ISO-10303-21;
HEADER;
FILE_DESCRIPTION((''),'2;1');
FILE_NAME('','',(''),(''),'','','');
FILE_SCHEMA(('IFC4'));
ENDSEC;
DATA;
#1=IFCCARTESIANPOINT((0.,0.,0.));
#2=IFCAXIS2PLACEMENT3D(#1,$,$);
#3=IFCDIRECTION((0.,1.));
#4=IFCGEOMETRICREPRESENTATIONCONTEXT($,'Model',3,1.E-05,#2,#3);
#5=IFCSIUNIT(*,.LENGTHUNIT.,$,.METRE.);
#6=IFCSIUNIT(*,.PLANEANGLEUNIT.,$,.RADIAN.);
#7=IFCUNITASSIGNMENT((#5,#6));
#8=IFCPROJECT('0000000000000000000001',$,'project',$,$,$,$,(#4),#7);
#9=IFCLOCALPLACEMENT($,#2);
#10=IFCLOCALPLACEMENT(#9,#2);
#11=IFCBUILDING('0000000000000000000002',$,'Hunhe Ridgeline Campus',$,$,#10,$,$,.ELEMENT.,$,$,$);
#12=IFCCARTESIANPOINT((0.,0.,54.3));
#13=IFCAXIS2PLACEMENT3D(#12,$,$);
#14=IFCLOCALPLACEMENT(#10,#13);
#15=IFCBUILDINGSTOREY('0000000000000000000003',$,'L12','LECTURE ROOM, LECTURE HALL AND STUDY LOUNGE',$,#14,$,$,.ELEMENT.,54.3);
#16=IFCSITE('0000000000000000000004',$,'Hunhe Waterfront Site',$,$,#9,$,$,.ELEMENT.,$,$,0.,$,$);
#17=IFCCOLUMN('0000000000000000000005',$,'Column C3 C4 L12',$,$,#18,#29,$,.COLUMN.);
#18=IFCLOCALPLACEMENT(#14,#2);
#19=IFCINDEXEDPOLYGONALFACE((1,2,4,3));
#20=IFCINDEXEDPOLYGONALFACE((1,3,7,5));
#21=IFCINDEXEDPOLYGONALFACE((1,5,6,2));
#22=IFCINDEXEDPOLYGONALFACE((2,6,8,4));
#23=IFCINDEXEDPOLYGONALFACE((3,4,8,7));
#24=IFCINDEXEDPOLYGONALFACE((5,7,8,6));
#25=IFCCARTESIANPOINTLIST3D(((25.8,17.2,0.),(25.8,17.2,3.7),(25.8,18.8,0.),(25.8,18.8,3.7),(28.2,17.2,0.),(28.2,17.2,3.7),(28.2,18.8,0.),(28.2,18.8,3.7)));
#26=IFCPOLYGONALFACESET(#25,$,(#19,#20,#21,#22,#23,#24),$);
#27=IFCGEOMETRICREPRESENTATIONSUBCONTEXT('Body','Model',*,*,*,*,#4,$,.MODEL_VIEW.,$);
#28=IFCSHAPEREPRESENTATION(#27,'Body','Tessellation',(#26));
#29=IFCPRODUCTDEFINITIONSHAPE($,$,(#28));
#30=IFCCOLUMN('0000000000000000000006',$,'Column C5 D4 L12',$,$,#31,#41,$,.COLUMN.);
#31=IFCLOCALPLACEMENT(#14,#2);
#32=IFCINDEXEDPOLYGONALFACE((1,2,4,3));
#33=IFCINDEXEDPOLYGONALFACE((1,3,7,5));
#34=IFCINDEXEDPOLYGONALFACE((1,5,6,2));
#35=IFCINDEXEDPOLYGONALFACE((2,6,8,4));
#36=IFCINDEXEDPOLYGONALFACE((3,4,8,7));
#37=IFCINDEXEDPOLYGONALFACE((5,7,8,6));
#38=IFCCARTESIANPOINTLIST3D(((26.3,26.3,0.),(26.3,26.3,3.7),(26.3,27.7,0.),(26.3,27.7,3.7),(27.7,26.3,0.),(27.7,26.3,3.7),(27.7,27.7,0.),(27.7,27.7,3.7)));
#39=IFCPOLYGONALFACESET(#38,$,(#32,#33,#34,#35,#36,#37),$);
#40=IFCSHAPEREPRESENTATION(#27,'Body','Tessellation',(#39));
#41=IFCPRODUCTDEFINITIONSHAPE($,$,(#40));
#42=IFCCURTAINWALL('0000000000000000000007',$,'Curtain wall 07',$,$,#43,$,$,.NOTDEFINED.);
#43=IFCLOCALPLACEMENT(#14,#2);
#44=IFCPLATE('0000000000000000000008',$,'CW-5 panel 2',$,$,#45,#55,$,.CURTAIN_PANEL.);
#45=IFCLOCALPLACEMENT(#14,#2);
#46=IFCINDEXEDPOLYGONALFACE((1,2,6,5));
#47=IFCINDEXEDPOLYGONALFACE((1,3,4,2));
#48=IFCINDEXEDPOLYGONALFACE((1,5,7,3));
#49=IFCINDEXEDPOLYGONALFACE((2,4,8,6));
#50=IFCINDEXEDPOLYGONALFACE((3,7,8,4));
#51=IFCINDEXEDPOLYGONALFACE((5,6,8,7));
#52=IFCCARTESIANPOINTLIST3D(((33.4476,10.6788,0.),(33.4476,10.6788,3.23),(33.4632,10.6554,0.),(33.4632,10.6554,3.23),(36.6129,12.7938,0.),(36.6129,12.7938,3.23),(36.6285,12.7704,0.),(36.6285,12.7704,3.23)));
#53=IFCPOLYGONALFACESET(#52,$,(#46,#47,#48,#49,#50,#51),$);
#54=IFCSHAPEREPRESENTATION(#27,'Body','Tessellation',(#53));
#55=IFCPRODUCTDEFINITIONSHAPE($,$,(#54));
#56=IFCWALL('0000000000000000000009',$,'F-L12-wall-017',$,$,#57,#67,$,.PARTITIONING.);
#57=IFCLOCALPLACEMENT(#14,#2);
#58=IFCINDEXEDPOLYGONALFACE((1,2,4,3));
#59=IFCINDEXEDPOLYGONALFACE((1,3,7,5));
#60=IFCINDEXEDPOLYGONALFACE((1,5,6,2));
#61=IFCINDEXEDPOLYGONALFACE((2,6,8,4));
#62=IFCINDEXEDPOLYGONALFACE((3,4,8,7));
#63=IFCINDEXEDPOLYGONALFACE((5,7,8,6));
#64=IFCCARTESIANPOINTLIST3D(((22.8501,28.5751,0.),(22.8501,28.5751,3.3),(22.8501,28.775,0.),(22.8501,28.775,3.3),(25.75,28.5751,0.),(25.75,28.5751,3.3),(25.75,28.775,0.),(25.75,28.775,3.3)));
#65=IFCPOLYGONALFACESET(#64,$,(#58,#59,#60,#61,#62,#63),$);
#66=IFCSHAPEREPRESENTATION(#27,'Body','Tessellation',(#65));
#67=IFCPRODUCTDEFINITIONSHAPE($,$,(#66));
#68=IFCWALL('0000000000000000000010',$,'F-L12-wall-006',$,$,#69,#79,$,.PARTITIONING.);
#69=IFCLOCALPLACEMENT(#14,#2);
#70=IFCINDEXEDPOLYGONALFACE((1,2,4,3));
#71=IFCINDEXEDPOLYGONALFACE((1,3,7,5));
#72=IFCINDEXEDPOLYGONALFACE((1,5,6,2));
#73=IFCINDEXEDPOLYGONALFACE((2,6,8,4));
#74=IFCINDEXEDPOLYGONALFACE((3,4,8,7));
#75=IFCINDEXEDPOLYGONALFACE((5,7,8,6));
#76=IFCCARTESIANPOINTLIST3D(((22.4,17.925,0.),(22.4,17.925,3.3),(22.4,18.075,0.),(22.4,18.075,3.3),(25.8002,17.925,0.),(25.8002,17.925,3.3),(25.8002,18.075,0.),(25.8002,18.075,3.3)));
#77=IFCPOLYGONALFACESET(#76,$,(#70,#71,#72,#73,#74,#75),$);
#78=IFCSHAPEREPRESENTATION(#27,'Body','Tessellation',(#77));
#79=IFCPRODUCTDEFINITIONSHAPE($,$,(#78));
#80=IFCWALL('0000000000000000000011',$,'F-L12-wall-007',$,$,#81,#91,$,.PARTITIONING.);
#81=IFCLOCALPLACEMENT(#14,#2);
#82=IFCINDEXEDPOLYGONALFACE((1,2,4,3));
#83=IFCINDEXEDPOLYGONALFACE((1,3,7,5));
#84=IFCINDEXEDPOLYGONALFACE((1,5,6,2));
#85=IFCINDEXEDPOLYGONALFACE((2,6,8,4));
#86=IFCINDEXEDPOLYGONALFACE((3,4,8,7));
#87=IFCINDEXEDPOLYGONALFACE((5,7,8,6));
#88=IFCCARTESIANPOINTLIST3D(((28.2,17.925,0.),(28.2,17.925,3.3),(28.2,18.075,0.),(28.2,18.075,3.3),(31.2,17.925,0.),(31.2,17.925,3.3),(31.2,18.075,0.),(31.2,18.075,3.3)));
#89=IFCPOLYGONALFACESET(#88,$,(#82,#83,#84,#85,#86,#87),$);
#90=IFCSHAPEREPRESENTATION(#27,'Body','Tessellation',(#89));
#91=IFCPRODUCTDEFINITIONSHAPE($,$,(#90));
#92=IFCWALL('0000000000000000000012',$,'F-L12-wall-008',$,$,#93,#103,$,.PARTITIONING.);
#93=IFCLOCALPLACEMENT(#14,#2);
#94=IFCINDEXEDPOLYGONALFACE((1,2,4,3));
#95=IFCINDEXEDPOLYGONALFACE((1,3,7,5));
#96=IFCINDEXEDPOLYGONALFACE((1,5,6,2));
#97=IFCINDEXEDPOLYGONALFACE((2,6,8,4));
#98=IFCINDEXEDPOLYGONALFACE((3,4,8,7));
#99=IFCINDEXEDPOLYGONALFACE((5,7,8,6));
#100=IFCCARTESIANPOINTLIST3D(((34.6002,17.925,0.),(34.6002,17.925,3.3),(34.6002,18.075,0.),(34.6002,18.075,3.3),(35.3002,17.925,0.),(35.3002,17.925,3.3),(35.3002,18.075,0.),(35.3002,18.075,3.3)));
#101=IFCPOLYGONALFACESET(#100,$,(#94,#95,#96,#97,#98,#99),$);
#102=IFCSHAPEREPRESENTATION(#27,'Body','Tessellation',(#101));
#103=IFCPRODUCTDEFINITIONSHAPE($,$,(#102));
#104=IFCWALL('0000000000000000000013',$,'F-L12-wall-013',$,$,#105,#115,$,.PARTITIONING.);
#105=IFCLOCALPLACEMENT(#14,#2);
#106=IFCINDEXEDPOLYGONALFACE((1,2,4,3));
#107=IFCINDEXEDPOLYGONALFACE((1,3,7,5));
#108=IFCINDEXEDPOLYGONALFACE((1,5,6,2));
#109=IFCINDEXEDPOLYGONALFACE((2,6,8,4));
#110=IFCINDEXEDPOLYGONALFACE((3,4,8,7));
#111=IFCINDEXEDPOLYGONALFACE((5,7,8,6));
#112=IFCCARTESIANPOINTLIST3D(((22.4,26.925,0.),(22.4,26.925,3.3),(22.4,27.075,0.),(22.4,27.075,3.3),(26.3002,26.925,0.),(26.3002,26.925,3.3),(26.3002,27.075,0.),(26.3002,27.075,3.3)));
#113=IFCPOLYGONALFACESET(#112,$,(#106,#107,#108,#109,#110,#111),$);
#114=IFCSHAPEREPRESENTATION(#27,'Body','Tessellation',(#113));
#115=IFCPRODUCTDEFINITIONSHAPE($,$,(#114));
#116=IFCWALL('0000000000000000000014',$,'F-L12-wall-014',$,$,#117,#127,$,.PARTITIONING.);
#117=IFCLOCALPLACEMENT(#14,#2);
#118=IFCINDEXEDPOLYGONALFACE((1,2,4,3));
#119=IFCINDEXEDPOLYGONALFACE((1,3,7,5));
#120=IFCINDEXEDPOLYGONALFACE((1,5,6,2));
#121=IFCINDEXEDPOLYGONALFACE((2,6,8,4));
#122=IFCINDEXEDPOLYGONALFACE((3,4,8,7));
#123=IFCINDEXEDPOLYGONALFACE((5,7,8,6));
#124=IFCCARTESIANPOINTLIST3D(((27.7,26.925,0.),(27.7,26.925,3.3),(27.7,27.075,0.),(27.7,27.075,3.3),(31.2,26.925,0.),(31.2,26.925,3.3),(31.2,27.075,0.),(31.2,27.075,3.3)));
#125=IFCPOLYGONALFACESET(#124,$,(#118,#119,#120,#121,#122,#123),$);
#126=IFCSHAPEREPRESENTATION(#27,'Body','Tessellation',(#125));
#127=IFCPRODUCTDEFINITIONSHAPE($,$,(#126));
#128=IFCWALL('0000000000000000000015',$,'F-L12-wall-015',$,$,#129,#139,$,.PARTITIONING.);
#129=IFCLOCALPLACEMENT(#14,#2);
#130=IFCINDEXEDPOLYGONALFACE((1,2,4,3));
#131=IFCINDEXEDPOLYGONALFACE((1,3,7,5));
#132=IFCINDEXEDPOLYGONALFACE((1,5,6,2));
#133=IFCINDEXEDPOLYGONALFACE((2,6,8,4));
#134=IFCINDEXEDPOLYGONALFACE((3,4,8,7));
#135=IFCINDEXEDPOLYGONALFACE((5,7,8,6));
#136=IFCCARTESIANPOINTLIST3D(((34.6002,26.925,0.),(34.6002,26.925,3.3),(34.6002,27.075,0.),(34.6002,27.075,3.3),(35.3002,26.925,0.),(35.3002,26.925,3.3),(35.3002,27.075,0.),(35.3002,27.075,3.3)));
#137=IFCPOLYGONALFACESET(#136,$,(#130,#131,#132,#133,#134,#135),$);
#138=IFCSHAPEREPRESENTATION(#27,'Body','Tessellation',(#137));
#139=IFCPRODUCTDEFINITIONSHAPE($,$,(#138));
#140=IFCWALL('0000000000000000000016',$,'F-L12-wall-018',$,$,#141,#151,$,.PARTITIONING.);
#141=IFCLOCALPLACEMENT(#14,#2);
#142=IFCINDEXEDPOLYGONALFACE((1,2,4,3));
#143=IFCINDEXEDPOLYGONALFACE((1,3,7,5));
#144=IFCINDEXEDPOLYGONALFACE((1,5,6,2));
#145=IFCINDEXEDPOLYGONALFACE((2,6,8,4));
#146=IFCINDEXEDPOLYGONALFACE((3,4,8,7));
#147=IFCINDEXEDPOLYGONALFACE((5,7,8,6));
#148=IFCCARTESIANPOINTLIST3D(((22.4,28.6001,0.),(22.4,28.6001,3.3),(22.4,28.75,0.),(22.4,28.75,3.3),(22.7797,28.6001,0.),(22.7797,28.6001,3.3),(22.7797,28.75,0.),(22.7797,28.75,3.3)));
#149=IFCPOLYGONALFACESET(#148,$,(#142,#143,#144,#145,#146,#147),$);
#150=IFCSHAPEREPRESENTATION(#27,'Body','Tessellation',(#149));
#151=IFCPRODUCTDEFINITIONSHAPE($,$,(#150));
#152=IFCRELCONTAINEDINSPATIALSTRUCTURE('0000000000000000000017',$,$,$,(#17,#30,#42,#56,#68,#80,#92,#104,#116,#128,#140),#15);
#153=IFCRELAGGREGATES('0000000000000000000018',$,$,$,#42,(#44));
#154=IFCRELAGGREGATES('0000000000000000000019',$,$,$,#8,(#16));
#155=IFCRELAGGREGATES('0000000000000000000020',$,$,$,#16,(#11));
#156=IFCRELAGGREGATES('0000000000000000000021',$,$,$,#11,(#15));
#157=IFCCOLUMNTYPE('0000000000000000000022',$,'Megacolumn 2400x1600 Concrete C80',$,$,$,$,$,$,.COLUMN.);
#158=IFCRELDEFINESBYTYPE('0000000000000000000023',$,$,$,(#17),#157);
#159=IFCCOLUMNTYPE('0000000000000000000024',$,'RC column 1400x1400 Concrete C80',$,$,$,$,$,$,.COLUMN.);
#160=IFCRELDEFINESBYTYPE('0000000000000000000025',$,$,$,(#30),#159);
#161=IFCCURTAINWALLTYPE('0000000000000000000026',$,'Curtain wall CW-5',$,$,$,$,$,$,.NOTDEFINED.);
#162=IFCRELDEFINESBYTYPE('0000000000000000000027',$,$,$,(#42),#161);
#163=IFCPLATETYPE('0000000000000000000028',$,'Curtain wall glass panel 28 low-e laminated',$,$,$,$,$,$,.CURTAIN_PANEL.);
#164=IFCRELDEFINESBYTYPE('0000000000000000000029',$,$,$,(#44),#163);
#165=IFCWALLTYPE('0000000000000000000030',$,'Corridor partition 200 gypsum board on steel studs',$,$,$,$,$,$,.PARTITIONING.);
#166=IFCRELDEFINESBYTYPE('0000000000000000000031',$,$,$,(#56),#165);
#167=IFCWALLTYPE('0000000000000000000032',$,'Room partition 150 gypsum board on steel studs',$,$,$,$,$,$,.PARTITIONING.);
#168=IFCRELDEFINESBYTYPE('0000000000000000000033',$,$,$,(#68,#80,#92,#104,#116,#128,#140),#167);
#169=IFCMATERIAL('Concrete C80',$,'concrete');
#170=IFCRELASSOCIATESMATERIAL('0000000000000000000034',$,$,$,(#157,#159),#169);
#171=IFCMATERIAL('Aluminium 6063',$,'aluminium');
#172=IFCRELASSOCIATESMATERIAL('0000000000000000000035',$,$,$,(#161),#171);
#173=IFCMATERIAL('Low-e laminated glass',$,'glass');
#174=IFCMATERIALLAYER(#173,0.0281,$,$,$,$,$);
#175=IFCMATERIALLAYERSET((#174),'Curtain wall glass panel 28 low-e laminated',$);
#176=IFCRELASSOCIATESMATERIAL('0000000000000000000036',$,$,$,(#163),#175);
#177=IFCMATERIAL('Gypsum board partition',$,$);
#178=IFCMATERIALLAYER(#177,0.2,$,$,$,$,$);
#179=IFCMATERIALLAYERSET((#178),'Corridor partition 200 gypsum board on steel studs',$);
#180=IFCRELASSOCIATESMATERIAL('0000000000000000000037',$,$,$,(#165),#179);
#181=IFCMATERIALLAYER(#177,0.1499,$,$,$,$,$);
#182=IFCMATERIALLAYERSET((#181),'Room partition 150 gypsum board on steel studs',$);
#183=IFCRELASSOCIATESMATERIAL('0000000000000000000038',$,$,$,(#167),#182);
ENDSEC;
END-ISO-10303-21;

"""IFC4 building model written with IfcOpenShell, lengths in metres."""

from ifc_helpers import new_model, si_unit, direction, frame, frame_2d, origin, origin_2d, place, context, subcontext, project, spatial, rectangle, extrude, material, layer, layer_set, material_profile, profile_set, type_object, element, aggregate, save


model = new_model("IFC4")

# Units and contexts
model_context = context("Model", 3, precision=1e-05, world=origin(), true_north=direction((0.0, 1.0)))
body_context = subcontext(model_context, "Body", "Model", "MODEL_VIEW")
ifc_project = project(units=[si_unit("LENGTHUNIT", "METRE"), si_unit("PLANEANGLEUNIT", "RADIAN")], contexts=[model_context])

# Site, building, storey
site_placement = place(None, origin())
site = spatial("IfcSite", under=ifc_project, at=site_placement, Name="Hunhe Waterfront Site", CompositionType="ELEMENT", RefElevation=0.0)
building_placement = place(site_placement, origin())
building = spatial("IfcBuilding", under=site, at=building_placement, Name="Hunhe Ridgeline Campus", CompositionType="ELEMENT")
storey_placement = place(building_placement, frame((0.0, 0.0, 54.3)))
storey = spatial("IfcBuildingStorey", under=building, at=storey_placement, Name="L12", Description="LECTURE ROOM, LECTURE HALL AND STUDY LOUNGE", CompositionType="ELEMENT", Elevation=54.3)

# Columns
ifc_material_1 = material(Name="Concrete C80", Category="concrete")
ifc_material_profile_1 = material_profile(ifc_material_1, rectangle(XDim=2.3999, YDim=1.6001, at=origin_2d()))
ifc_profile_set_1 = profile_set([ifc_material_profile_1], Name="Concrete C80")
column_type_1 = type_object("IfcColumnType", Name="Megacolumn 2400x1600 Concrete C80", PredefinedType="COLUMN", material=ifc_profile_set_1)
column_1_placement = place(storey_placement, frame((27.0, 18.0, 0.0), z_axis=(0.0, 0.0, 1.0), x_axis=(1.0, 0.0, 0.0)))
element("IfcColumn", 1, at=column_1_placement, inside=storey, type_object=column_type_1, Name="Column C3 C4 L12", PredefinedType="COLUMN", context=body_context, shape_type="SweptSolid", body=[
    extrude(rectangle(XDim=2.3999, YDim=1.6001, at=origin_2d()), origin(), (0.0, 0.0, 1.0), 3.7),
])
ifc_material_profile_2 = material_profile(ifc_material_1, rectangle(XDim=1.3999, YDim=1.3999, at=origin_2d()))
ifc_profile_set_2 = profile_set([ifc_material_profile_2], Name="Concrete C80")
column_type_2 = type_object("IfcColumnType", Name="RC column 1400x1400 Concrete C80", PredefinedType="COLUMN", material=ifc_profile_set_2)
column_2_placement = place(storey_placement, frame((27.0, 27.0, 0.0), z_axis=(0.0, 0.0, 1.0), x_axis=(1.0, 0.0, 0.0)))
element("IfcColumn", 2, at=column_2_placement, inside=storey, type_object=column_type_2, Name="Column C5 D4 L12", PredefinedType="COLUMN", context=body_context, shape_type="SweptSolid", body=[
    extrude(rectangle(XDim=1.3999, YDim=1.3999, at=origin_2d()), origin(), (0.0, 0.0, 1.0), 3.7),
])

# Curtain wall, plate
ifc_material_2 = material(Name="Aluminium 6063", Category="aluminium")
curtain_wall_type = type_object("IfcCurtainWallType", Name="Curtain wall CW-5", PredefinedType="NOTDEFINED", material=ifc_material_2)
curtain_wall_placement = place(storey_placement, origin())
curtain_wall = element("IfcCurtainWall", 3, at=curtain_wall_placement, inside=storey, type_object=curtain_wall_type, Name="Curtain wall 07", PredefinedType="NOTDEFINED")
ifc_material_3 = material(Name="Low-e laminated glass", Category="glass")
ifc_layer_1 = layer(ifc_material_3, 0.0281)
ifc_layer_set_1 = layer_set([ifc_layer_1], Name="Curtain wall glass panel 28 low-e laminated")
plate_type = type_object("IfcPlateType", Name="Curtain wall glass panel 28 low-e laminated", PredefinedType="CURTAIN_PANEL", material=ifc_layer_set_1)
plate_placement = place(storey_placement, frame((35.0381, 11.7246, 0.0), z_axis=(0.0, 0.0, 1.0), x_axis=(0.83147, 0.55557, 0.0)))
plate = element("IfcPlate", 4, at=plate_placement, type_object=plate_type, Name="CW-5 panel 2", PredefinedType="CURTAIN_PANEL", context=body_context, shape_type="SweptSolid", body=[
    extrude(rectangle(XDim=3.8069, YDim=0.0281, at=origin_2d()), origin(), (0.0, 0.0, 1.0), 3.23),
])
aggregate(curtain_wall, [plate])

# Wall
ifc_material_4 = material(Name="Gypsum board partition")
ifc_layer_2 = layer(ifc_material_4, 0.2)
ifc_layer_set_2 = layer_set([ifc_layer_2], Name="Corridor partition 200 gypsum board on steel studs")
wall_type_1 = type_object("IfcWallType", Name="Corridor partition 200 gypsum board on steel studs", PredefinedType="PARTITIONING", material=ifc_layer_set_2)
wall_1_placement = place(storey_placement, frame((25.75, 28.675, 0.0), z_axis=(0.0, 0.0, 1.0), x_axis=(-1.0, 0.0, 0.0)))
element("IfcWall", 5, at=wall_1_placement, inside=storey, type_object=wall_type_1, Name="F-L12-wall-017", PredefinedType="PARTITIONING", context=body_context, shape_type="SweptSolid", body=[
    extrude(rectangle(XDim=2.8999, YDim=0.2, at=frame_2d((1.45, 0.0))), origin(), (0.0, 0.0, 1.0), 3.3),
])

# Walls
ifc_layer_3 = layer(ifc_material_4, 0.1499)
ifc_layer_set_3 = layer_set([ifc_layer_3], Name="Room partition 150 gypsum board on steel studs")
wall_type_2 = type_object("IfcWallType", Name="Room partition 150 gypsum board on steel studs", PredefinedType="PARTITIONING", material=ifc_layer_set_3)
wall_2_placement = place(storey_placement, frame((22.3999, 18.0, 0.0), z_axis=(0.0, 0.0, 1.0), x_axis=(1.0, 0.0, 0.0)))
element("IfcWall", 6, at=wall_2_placement, inside=storey, type_object=wall_type_2, Name="F-L12-wall-006", PredefinedType="PARTITIONING", context=body_context, shape_type="SweptSolid", body=[
    extrude(rectangle(XDim=3.4001, YDim=0.1499, at=frame_2d((1.7002, 0.0))), origin(), (0.0, 0.0, 1.0), 3.3),
])
wall_3_placement = place(storey_placement, frame((28.2, 18.0, 0.0), z_axis=(0.0, 0.0, 1.0), x_axis=(1.0, 0.0, 0.0)))
element("IfcWall", 7, at=wall_3_placement, inside=storey, type_object=wall_type_2, Name="F-L12-wall-007", PredefinedType="PARTITIONING", context=body_context, shape_type="SweptSolid", body=[
    extrude(rectangle(XDim=3.0, YDim=0.1499, at=frame_2d((1.5, 0.0))), origin(), (0.0, 0.0, 1.0), 3.3),
])
wall_4_placement = place(storey_placement, frame((34.6001, 18.0, 0.0), z_axis=(0.0, 0.0, 1.0), x_axis=(1.0, 0.0, 0.0)))
element("IfcWall", 8, at=wall_4_placement, inside=storey, type_object=wall_type_2, Name="F-L12-wall-008", PredefinedType="PARTITIONING", context=body_context, shape_type="SweptSolid", body=[
    extrude(rectangle(XDim=0.7, YDim=0.1499, at=frame_2d((0.3501, 0.0))), origin(), (0.0, 0.0, 1.0), 3.3),
])
wall_5_placement = place(storey_placement, frame((22.3999, 27.0, 0.0), z_axis=(0.0, 0.0, 1.0), x_axis=(1.0, 0.0, 0.0)))
element("IfcWall", 9, at=wall_5_placement, inside=storey, type_object=wall_type_2, Name="F-L12-wall-013", PredefinedType="PARTITIONING", context=body_context, shape_type="SweptSolid", body=[
    extrude(rectangle(XDim=3.9001, YDim=0.1499, at=frame_2d((1.9502, 0.0))), origin(), (0.0, 0.0, 1.0), 3.3),
])
wall_6_placement = place(storey_placement, frame((27.7, 27.0, 0.0), z_axis=(0.0, 0.0, 1.0), x_axis=(1.0, 0.0, 0.0)))
element("IfcWall", 10, at=wall_6_placement, inside=storey, type_object=wall_type_2, Name="F-L12-wall-014", PredefinedType="PARTITIONING", context=body_context, shape_type="SweptSolid", body=[
    extrude(rectangle(XDim=3.5, YDim=0.1499, at=frame_2d((1.75, 0.0))), origin(), (0.0, 0.0, 1.0), 3.3),
])
wall_7_placement = place(storey_placement, frame((34.6001, 27.0, 0.0), z_axis=(0.0, 0.0, 1.0), x_axis=(1.0, 0.0, 0.0)))
element("IfcWall", 11, at=wall_7_placement, inside=storey, type_object=wall_type_2, Name="F-L12-wall-015", PredefinedType="PARTITIONING", context=body_context, shape_type="SweptSolid", body=[
    extrude(rectangle(XDim=0.7, YDim=0.1499, at=frame_2d((0.3501, 0.0))), origin(), (0.0, 0.0, 1.0), 3.3),
])
wall_8_placement = place(storey_placement, frame((22.3999, 28.675, 0.0), z_axis=(0.0, 0.0, 1.0), x_axis=(1.0, 0.0, 0.0)))
element("IfcWall", 12, at=wall_8_placement, inside=storey, type_object=wall_type_2, Name="F-L12-wall-018", PredefinedType="PARTITIONING", context=body_context, shape_type="SweptSolid", body=[
    extrude(rectangle(XDim=0.3796, YDim=0.1499, at=frame_2d((0.1899, 0.0))), origin(), (0.0, 0.0, 1.0), 3.3),
])

save(model, "model.ifc")
